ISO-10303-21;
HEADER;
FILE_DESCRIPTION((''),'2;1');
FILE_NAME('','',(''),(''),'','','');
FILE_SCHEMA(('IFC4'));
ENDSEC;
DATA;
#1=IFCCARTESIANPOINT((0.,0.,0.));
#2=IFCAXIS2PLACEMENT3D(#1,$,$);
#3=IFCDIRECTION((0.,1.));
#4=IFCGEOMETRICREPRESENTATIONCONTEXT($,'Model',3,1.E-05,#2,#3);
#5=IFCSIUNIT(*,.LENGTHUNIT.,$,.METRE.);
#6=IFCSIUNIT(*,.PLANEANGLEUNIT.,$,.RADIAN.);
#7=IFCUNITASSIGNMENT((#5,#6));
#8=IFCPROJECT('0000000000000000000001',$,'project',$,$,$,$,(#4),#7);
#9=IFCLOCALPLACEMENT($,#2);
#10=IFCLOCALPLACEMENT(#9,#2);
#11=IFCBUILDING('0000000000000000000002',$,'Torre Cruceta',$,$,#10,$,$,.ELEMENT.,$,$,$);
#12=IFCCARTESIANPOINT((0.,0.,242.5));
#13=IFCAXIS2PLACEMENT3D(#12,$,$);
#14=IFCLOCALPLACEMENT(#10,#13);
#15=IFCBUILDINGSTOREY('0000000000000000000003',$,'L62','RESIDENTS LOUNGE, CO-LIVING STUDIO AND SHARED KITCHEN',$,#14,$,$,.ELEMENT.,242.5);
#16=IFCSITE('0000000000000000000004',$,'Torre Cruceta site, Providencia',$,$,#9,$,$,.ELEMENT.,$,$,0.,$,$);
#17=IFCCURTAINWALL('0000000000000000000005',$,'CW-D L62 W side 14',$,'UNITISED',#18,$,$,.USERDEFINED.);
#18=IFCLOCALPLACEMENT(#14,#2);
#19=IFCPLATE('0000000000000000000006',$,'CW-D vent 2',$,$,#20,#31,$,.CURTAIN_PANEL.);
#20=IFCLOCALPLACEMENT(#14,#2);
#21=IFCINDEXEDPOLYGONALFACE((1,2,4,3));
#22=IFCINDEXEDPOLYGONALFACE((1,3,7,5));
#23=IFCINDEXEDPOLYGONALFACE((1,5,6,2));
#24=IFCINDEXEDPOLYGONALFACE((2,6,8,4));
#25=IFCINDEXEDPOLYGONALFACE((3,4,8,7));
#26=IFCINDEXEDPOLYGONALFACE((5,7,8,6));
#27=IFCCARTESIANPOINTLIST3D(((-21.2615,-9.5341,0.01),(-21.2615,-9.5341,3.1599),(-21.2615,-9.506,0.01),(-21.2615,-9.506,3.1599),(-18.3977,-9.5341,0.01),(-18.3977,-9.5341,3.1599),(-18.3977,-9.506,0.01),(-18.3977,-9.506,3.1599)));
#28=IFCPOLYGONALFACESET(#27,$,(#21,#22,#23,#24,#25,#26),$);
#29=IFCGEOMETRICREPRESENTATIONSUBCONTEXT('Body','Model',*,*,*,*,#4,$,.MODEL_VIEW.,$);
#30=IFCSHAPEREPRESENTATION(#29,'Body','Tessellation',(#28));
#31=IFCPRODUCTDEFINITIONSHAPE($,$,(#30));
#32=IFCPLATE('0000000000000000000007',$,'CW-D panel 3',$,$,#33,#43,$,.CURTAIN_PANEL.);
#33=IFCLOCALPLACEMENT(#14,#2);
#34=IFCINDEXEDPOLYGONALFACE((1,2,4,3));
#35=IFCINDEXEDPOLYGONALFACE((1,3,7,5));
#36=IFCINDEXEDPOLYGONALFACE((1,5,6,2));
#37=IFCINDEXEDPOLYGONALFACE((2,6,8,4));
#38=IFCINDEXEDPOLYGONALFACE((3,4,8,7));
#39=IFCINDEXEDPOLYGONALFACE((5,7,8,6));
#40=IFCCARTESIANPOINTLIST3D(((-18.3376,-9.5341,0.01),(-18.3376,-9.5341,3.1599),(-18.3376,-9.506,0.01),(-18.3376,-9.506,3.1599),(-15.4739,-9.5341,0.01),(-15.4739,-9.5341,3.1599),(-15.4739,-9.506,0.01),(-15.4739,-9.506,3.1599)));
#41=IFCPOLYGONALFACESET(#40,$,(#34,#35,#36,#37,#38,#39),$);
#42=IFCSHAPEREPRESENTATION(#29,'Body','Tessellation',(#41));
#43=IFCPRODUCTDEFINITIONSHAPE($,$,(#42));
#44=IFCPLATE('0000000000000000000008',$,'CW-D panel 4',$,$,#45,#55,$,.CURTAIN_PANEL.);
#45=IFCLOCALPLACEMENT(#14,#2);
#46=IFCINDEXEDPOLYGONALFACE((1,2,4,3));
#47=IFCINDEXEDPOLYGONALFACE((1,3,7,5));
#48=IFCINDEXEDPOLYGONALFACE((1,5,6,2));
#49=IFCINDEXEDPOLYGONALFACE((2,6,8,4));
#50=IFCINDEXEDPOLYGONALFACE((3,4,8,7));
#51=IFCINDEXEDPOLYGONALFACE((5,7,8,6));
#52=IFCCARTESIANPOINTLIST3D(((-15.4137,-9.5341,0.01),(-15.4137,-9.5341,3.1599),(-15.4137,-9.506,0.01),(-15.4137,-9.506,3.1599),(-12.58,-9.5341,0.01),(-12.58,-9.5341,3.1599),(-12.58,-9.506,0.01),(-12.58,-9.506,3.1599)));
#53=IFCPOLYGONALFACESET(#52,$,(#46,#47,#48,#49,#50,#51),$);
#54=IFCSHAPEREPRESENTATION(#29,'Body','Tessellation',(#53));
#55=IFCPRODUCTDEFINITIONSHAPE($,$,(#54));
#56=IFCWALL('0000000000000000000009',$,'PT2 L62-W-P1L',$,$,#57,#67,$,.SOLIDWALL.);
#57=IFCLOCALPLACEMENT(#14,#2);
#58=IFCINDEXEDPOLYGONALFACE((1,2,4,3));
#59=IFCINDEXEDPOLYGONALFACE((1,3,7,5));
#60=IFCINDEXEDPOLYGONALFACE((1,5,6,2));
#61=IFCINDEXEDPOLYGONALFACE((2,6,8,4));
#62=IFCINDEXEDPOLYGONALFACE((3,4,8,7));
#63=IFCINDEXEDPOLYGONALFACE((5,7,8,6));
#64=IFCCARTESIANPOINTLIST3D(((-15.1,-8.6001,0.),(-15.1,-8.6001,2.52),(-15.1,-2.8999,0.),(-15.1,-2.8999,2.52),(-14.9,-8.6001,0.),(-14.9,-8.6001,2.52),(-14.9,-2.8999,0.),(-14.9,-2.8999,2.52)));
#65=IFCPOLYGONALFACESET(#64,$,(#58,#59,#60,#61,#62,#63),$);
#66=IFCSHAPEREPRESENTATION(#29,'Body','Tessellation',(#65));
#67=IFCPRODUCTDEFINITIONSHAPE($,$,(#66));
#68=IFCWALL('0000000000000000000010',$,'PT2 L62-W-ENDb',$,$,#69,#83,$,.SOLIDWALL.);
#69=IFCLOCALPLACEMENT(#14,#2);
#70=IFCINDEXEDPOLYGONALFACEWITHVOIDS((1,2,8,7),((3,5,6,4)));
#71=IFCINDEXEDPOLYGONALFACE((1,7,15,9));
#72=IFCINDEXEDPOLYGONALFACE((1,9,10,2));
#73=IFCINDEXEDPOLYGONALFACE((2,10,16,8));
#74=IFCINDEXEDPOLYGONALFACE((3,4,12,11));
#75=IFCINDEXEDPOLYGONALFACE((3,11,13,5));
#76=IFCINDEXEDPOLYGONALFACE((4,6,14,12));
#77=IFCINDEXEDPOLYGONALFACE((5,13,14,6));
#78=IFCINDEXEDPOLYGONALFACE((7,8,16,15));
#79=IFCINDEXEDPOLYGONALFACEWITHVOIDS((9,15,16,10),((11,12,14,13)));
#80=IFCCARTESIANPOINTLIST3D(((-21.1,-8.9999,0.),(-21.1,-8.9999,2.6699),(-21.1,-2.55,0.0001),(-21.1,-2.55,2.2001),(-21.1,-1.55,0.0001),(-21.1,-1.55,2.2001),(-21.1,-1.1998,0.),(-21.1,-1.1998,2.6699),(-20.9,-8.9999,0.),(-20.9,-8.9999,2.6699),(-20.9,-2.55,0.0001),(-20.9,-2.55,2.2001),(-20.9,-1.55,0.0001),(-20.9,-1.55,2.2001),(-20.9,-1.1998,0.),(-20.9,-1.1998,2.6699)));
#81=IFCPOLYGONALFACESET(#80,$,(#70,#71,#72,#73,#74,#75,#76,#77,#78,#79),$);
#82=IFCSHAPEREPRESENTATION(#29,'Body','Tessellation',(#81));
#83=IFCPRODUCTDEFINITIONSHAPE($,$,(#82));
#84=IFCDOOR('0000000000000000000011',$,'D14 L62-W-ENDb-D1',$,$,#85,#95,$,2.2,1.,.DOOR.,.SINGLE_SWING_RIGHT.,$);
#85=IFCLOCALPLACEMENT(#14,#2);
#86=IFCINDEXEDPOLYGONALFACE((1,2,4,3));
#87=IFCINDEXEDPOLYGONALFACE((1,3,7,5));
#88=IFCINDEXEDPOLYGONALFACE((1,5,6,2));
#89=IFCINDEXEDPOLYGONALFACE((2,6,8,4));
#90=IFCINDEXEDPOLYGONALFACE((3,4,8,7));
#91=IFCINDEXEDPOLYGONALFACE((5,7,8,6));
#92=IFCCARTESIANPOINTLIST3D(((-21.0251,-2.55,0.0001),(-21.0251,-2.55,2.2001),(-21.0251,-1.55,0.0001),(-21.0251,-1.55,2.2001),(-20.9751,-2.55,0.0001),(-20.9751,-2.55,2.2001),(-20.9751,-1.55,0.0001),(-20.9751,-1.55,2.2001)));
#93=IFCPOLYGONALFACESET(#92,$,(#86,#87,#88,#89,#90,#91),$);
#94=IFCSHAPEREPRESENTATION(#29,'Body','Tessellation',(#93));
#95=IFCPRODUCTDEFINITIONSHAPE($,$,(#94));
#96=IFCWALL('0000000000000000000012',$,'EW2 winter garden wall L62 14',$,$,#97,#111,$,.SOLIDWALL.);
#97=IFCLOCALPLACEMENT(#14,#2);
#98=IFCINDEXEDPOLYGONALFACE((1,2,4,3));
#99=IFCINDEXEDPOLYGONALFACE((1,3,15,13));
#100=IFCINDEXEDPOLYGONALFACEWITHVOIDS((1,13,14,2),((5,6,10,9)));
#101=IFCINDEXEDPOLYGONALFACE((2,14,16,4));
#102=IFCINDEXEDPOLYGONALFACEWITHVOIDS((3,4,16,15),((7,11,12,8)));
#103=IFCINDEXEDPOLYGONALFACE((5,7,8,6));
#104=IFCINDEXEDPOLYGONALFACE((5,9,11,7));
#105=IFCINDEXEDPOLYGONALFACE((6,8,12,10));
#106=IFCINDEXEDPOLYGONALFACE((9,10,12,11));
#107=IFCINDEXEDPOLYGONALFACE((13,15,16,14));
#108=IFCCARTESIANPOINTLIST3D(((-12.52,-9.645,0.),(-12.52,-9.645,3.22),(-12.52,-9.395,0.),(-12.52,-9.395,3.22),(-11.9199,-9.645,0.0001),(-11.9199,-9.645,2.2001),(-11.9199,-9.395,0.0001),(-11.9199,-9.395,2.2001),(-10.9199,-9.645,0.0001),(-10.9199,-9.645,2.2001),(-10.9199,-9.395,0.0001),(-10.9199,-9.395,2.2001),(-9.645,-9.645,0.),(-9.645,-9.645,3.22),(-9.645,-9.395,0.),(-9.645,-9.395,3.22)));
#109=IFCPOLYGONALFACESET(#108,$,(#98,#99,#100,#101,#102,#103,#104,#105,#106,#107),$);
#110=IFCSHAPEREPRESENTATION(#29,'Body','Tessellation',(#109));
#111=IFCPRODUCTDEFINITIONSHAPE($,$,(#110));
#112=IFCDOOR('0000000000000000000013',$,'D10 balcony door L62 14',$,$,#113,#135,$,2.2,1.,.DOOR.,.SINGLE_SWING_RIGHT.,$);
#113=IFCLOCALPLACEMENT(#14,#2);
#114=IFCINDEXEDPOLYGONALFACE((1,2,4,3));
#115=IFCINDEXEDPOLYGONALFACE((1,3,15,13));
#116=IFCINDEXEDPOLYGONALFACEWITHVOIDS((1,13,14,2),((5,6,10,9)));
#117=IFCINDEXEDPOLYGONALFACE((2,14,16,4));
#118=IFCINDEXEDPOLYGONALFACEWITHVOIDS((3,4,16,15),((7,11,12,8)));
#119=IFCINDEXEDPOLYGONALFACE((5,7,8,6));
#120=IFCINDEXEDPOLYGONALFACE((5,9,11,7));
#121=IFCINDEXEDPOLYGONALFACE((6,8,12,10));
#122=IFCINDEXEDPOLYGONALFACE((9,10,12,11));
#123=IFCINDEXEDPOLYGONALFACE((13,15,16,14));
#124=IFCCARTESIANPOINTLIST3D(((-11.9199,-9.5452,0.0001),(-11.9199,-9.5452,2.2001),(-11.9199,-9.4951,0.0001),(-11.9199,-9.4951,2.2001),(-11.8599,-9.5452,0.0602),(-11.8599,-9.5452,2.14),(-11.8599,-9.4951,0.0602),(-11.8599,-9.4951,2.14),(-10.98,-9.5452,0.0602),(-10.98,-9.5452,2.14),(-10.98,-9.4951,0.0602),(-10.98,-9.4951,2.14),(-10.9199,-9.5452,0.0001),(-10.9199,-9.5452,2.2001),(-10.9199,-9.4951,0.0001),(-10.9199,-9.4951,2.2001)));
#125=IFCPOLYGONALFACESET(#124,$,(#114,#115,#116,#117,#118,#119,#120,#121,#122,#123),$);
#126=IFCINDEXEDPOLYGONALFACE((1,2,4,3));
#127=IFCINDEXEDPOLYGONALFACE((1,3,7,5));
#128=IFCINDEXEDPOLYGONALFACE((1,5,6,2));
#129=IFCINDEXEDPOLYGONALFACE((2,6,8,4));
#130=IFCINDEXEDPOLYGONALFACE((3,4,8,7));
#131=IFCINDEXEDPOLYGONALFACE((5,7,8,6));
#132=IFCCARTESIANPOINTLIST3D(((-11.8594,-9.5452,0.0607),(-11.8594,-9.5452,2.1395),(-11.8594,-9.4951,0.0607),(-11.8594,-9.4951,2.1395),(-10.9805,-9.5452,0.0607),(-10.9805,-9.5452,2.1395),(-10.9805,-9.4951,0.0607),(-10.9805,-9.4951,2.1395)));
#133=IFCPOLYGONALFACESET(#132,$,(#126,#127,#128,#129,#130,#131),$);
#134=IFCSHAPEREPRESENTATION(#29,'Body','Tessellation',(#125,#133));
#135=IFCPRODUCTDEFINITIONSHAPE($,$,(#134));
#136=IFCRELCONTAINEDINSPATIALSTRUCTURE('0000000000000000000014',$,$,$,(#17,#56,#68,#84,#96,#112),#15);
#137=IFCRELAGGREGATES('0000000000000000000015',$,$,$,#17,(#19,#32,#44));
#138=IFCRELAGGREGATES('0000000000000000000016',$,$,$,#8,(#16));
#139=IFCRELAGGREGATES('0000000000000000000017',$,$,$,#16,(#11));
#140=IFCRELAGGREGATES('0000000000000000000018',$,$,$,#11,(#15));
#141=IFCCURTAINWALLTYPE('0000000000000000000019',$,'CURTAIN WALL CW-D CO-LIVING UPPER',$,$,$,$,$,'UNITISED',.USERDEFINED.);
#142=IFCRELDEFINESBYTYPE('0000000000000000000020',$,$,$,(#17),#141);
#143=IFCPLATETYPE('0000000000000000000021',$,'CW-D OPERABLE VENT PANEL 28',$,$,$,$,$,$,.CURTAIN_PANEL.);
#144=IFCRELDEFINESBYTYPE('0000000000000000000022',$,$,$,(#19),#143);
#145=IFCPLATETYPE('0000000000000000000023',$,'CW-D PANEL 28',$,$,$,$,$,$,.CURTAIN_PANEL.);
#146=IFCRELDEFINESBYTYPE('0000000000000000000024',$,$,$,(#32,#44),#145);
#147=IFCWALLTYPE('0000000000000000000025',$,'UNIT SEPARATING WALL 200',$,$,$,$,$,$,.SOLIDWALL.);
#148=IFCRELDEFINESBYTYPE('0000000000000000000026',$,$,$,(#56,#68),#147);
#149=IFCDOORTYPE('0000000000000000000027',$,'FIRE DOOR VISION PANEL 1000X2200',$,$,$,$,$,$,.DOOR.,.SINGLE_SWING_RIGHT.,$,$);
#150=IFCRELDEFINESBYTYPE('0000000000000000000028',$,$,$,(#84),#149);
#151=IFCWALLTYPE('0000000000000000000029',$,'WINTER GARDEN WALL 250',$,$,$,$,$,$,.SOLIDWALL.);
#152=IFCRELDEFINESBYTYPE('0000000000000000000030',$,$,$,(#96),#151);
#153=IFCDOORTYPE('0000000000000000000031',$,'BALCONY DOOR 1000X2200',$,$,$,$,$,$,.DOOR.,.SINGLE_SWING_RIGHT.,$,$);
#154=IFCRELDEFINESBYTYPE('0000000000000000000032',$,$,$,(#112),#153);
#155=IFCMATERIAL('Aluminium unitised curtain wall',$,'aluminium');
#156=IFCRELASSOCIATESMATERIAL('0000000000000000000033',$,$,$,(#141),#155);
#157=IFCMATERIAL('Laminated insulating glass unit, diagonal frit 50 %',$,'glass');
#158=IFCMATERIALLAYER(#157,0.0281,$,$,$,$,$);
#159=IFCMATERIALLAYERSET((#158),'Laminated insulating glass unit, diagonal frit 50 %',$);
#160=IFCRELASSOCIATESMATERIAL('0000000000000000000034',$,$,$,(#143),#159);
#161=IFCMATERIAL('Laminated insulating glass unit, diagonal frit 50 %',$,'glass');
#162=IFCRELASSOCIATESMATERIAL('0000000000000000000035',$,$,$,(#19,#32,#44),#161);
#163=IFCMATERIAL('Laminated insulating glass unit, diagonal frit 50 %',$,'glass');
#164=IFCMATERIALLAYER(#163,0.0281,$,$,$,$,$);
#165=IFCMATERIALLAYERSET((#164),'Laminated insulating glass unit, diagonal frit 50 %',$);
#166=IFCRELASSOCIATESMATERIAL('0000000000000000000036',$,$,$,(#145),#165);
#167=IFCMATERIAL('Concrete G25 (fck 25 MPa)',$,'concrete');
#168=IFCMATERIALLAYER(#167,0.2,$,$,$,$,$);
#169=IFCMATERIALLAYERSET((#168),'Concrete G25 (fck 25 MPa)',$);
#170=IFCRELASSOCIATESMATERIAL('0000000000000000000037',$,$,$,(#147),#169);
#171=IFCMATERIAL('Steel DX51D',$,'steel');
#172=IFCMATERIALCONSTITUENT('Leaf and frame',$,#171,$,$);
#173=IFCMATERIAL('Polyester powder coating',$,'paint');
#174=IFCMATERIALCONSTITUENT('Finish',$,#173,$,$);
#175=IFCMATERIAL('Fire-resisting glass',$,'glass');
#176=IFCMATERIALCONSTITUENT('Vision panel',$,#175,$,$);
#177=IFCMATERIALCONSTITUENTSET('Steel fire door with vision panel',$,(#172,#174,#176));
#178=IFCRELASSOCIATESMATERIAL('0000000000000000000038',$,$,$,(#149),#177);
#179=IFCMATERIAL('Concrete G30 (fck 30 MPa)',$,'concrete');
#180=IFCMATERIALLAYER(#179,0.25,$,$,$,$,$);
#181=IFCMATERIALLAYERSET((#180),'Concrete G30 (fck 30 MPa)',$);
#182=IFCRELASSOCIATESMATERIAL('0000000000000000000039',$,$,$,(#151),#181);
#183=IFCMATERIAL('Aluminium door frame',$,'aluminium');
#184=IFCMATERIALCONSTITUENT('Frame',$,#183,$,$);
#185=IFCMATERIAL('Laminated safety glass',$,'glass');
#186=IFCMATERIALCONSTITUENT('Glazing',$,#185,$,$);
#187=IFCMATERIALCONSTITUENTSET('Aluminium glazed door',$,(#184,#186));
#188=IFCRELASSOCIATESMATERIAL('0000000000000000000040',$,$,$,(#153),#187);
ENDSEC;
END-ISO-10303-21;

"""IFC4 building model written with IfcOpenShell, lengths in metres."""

from ifc_helpers import new_model, si_unit, direction, frame, frame_2d, origin, origin_2d, place, context, subcontext, project, spatial, rectangle, hollow_rectangle, extrude, material, layer, layer_set, constituent, constituent_set, type_object, element, fill, aggregate, save


model = new_model("IFC4")

# Units and contexts
model_context = context("Model", 3, precision=1e-05, world=origin(), true_north=direction((0.0, 1.0)))
body_context = subcontext(model_context, "Body", "Model", "MODEL_VIEW")
ifc_project = project(units=[si_unit("LENGTHUNIT", "METRE"), si_unit("PLANEANGLEUNIT", "RADIAN")], contexts=[model_context])

# Site, building, storey
site_placement = place(None, origin())
site = spatial("IfcSite", under=ifc_project, at=site_placement, Name="Torre Cruceta site, Providencia", CompositionType="ELEMENT", RefElevation=0.0)
building_placement = place(site_placement, origin())
building = spatial("IfcBuilding", under=site, at=building_placement, Name="Torre Cruceta", CompositionType="ELEMENT")
storey_placement = place(building_placement, frame((0.0, 0.0, 242.5)))
storey = spatial("IfcBuildingStorey", under=building, at=storey_placement, Name="L62", Description="RESIDENTS LOUNGE, CO-LIVING STUDIO AND SHARED KITCHEN", CompositionType="ELEMENT", Elevation=242.5)

# Curtain wall
ifc_material_1 = material(Name="Aluminium unitised curtain wall", Category="aluminium")
curtain_wall_type = type_object("IfcCurtainWallType", Name="CURTAIN WALL CW-D CO-LIVING UPPER", ElementType="UNITISED", PredefinedType="USERDEFINED", material=ifc_material_1)
curtain_wall_placement = place(storey_placement, origin())
curtain_wall = element("IfcCurtainWall", 1, at=curtain_wall_placement, inside=storey, type_object=curtain_wall_type, Name="CW-D L62 W side 14", ObjectType="UNITISED", PredefinedType="USERDEFINED")

# Plates
ifc_material_2 = material(Name="Laminated insulating glass unit, diagonal frit 50 %", Category="glass")
ifc_material_3 = material(Name="Laminated insulating glass unit, diagonal frit 50 %", Category="glass")
ifc_layer_1 = layer(ifc_material_3, 0.0281)
ifc_layer_set_1 = layer_set([ifc_layer_1], Name="Laminated insulating glass unit, diagonal frit 50 %")
plate_type_1 = type_object("IfcPlateType", Name="CW-D OPERABLE VENT PANEL 28", PredefinedType="CURTAIN_PANEL", material=ifc_layer_set_1)
plate_1_placement = place(storey_placement, frame((-19.8296, -9.52, 0.01), z_axis=(0.0, 0.0, 1.0), x_axis=(1.0, 0.0, 0.0)))
plate_1 = element("IfcPlate", 2, at=plate_1_placement, type_object=plate_type_1, material=ifc_material_2, Name="CW-D vent 2", PredefinedType="CURTAIN_PANEL", context=body_context, shape_type="SweptSolid", body=[
    extrude(rectangle(XDim=2.8638, YDim=0.0281, at=origin_2d()), origin(), (0.0, 0.0, 1.0), 3.1499),
])
ifc_material_4 = material(Name="Laminated insulating glass unit, diagonal frit 50 %", Category="glass")
ifc_layer_2 = layer(ifc_material_4, 0.0281)
ifc_layer_set_2 = layer_set([ifc_layer_2], Name="Laminated insulating glass unit, diagonal frit 50 %")
plate_type_2 = type_object("IfcPlateType", Name="CW-D PANEL 28", PredefinedType="CURTAIN_PANEL", material=ifc_layer_set_2)
plate_2_placement = place(storey_placement, frame((-16.9058, -9.52, 0.01), z_axis=(0.0, 0.0, 1.0), x_axis=(1.0, 0.0, 0.0)))
plate_2 = element("IfcPlate", 3, at=plate_2_placement, type_object=plate_type_2, material=ifc_material_2, Name="CW-D panel 3", PredefinedType="CURTAIN_PANEL", context=body_context, shape_type="SweptSolid", body=[
    extrude(rectangle(XDim=2.8638, YDim=0.0281, at=origin_2d()), origin(), (0.0, 0.0, 1.0), 3.1499),
])
plate_3_placement = place(storey_placement, frame((-13.9968, -9.52, 0.01), z_axis=(0.0, 0.0, 1.0), x_axis=(1.0, 0.0, 0.0)))
plate_3 = element("IfcPlate", 4, at=plate_3_placement, type_object=plate_type_2, material=ifc_material_2, Name="CW-D panel 4", PredefinedType="CURTAIN_PANEL", context=body_context, shape_type="SweptSolid", body=[
    extrude(rectangle(XDim=2.8337, YDim=0.0281, at=origin_2d()), origin(), (0.0, 0.0, 1.0), 3.1499),
])
aggregate(curtain_wall, [plate_1, plate_2, plate_3])

# Wall
ifc_material_5 = material(Name="Concrete G25 (fck 25 MPa)", Category="concrete")
ifc_layer_3 = layer(ifc_material_5, 0.2)
ifc_layer_set_3 = layer_set([ifc_layer_3], Name="Concrete G25 (fck 25 MPa)")
wall_type_1 = type_object("IfcWallType", Name="UNIT SEPARATING WALL 200", PredefinedType="SOLIDWALL", material=ifc_layer_set_3)
wall_1_placement = place(storey_placement, frame((-15.0, -2.8999, 0.0), z_axis=(0.0, 0.0, 1.0), x_axis=(0.0, -1.0, 0.0)))
element("IfcWall", 5, at=wall_1_placement, inside=storey, type_object=wall_type_1, Name="PT2 L62-W-P1L", PredefinedType="SOLIDWALL", context=body_context, shape_type="SweptSolid", body=[
    extrude(rectangle(XDim=5.7002, YDim=0.2, at=frame_2d((2.8501, 0.0))), origin(), (0.0, 0.0, 1.0), 2.52),
])

# Walls, openings, doors
wall_2_placement = place(storey_placement, frame((-21.0, -1.2, 0.0), z_axis=(0.0, 0.0, 1.0), x_axis=(0.0, -1.0, 0.0)))
wall_2 = element("IfcWall", 6, at=wall_2_placement, inside=storey, type_object=wall_type_1, Name="PT2 L62-W-ENDb", PredefinedType="SOLIDWALL", context=body_context, shape_type="SweptSolid", body=[
    extrude(rectangle(XDim=7.8, YDim=0.2, at=frame_2d((3.8999, 0.0))), origin(), (0.0, 0.0, 1.0), 2.6699),
])
opening_1_placement = place(wall_2_placement, frame((0.3501, 0.0, 0.0)))
opening_1 = element("IfcOpeningElement", 7, at=opening_1_placement, cuts=wall_2, PredefinedType="OPENING", context=body_context, shape_type="SweptSolid", body=[
    extrude(rectangle(XDim=1.0, YDim=2.2, at=frame_2d((0.5, 1.1001))), frame((0.0, 0.1099, 0.0), z_axis=(0.0, -1.0, 0.0), x_axis=(1.0, 0.0, 0.0)), (0.0, 0.0, 1.0), 0.22),
])
ifc_material_6 = material(Name="Steel DX51D", Category="steel")
ifc_constituent_1 = constituent(ifc_material_6, Name="Leaf and frame")
ifc_material_7 = material(Name="Polyester powder coating", Category="paint")
ifc_constituent_2 = constituent(ifc_material_7, Name="Finish")
ifc_material_8 = material(Name="Fire-resisting glass", Category="glass")
ifc_constituent_3 = constituent(ifc_material_8, Name="Vision panel")
ifc_constituent_set_1 = constituent_set(constituents=[ifc_constituent_1, ifc_constituent_2, ifc_constituent_3], Name="Steel fire door with vision panel")
door_type_1 = type_object("IfcDoorType", Name="FIRE DOOR VISION PANEL 1000X2200", OperationType="SINGLE_SWING_RIGHT", PredefinedType="DOOR", material=ifc_constituent_set_1)
door_1_placement = place(opening_1_placement, frame((1.0, 0.0, 0.0), z_axis=(0.0, 0.0, 1.0), x_axis=(-1.0, 0.0, 0.0)))
door_1 = element("IfcDoor", 8, at=door_1_placement, inside=storey, type_object=door_type_1, Name="D14 L62-W-ENDb-D1", OperationType="SINGLE_SWING_RIGHT", OverallHeight=2.2, OverallWidth=1.0, PredefinedType="DOOR", context=body_context, shape_type="SweptSolid", body=[
    extrude(rectangle(XDim=1.0, YDim=2.2, at=frame_2d((0.5, 1.1001))), frame((0.0, 0.0251, 0.0), z_axis=(0.0, -1.0, 0.0), x_axis=(1.0, 0.0, 0.0)), (0.0, 0.0, 1.0), 0.05),
])
fill(opening_1, door_1)
ifc_material_9 = material(Name="Concrete G30 (fck 30 MPa)", Category="concrete")
ifc_layer_4 = layer(ifc_material_9, 0.25)
ifc_layer_set_4 = layer_set([ifc_layer_4], Name="Concrete G30 (fck 30 MPa)")
wall_type_2 = type_object("IfcWallType", Name="WINTER GARDEN WALL 250", PredefinedType="SOLIDWALL", material=ifc_layer_set_4)
wall_3_placement = place(storey_placement, frame((-12.52, -9.52, 0.0), z_axis=(0.0, 0.0, 1.0), x_axis=(1.0, 0.0, 0.0)))
wall_3 = element("IfcWall", 9, at=wall_3_placement, inside=storey, type_object=wall_type_2, Name="EW2 winter garden wall L62 14", PredefinedType="SOLIDWALL", context=body_context, shape_type="SweptSolid", body=[
    extrude(rectangle(XDim=2.875, YDim=0.25, at=frame_2d((1.4375, 0.0))), origin(), (0.0, 0.0, 1.0), 3.22),
])
opening_2_placement = place(wall_3_placement, frame((0.6001, 0.0, 0.0)))
opening_2 = element("IfcOpeningElement", 10, at=opening_2_placement, cuts=wall_3, PredefinedType="OPENING", context=body_context, shape_type="SweptSolid", body=[
    extrude(rectangle(XDim=1.0, YDim=2.2, at=frame_2d((0.5, 1.1001))), frame((0.0, 0.135, 0.0), z_axis=(0.0, -1.0, 0.0), x_axis=(1.0, 0.0, 0.0)), (0.0, 0.0, 1.0), 0.27),
])
ifc_material_10 = material(Name="Aluminium door frame", Category="aluminium")
ifc_constituent_4 = constituent(ifc_material_10, Name="Frame")
ifc_material_11 = material(Name="Laminated safety glass", Category="glass")
ifc_constituent_5 = constituent(ifc_material_11, Name="Glazing")
ifc_constituent_set_2 = constituent_set(constituents=[ifc_constituent_4, ifc_constituent_5], Name="Aluminium glazed door")
door_type_2 = type_object("IfcDoorType", Name="BALCONY DOOR 1000X2200", OperationType="SINGLE_SWING_RIGHT", PredefinedType="DOOR", material=ifc_constituent_set_2)
door_2_placement = place(opening_2_placement, origin())
door_2 = element("IfcDoor", 11, at=door_2_placement, inside=storey, type_object=door_type_2, Name="D10 balcony door L62 14", OperationType="SINGLE_SWING_RIGHT", OverallHeight=2.2, OverallWidth=1.0, PredefinedType="DOOR", context=body_context, shape_type="SweptSolid", body=[
    extrude(hollow_rectangle(XDim=1.0, YDim=2.2, WallThickness=0.0601, at=frame_2d((0.5, 1.1001))), frame((0.0, 0.0249, 0.0), z_axis=(0.0, -1.0, 0.0), x_axis=(1.0, 0.0, 0.0)), (0.0, 0.0, 1.0), 0.05),
    extrude(rectangle(XDim=0.8789, YDim=2.0789, at=frame_2d((0.5, 1.1001))), frame((0.0, 0.0249, 0.0), z_axis=(0.0, -1.0, 0.0), x_axis=(1.0, 0.0, 0.0)), (0.0, 0.0, 1.0), 0.05),
])
fill(opening_2, door_2)

save(model, "model.ifc")
